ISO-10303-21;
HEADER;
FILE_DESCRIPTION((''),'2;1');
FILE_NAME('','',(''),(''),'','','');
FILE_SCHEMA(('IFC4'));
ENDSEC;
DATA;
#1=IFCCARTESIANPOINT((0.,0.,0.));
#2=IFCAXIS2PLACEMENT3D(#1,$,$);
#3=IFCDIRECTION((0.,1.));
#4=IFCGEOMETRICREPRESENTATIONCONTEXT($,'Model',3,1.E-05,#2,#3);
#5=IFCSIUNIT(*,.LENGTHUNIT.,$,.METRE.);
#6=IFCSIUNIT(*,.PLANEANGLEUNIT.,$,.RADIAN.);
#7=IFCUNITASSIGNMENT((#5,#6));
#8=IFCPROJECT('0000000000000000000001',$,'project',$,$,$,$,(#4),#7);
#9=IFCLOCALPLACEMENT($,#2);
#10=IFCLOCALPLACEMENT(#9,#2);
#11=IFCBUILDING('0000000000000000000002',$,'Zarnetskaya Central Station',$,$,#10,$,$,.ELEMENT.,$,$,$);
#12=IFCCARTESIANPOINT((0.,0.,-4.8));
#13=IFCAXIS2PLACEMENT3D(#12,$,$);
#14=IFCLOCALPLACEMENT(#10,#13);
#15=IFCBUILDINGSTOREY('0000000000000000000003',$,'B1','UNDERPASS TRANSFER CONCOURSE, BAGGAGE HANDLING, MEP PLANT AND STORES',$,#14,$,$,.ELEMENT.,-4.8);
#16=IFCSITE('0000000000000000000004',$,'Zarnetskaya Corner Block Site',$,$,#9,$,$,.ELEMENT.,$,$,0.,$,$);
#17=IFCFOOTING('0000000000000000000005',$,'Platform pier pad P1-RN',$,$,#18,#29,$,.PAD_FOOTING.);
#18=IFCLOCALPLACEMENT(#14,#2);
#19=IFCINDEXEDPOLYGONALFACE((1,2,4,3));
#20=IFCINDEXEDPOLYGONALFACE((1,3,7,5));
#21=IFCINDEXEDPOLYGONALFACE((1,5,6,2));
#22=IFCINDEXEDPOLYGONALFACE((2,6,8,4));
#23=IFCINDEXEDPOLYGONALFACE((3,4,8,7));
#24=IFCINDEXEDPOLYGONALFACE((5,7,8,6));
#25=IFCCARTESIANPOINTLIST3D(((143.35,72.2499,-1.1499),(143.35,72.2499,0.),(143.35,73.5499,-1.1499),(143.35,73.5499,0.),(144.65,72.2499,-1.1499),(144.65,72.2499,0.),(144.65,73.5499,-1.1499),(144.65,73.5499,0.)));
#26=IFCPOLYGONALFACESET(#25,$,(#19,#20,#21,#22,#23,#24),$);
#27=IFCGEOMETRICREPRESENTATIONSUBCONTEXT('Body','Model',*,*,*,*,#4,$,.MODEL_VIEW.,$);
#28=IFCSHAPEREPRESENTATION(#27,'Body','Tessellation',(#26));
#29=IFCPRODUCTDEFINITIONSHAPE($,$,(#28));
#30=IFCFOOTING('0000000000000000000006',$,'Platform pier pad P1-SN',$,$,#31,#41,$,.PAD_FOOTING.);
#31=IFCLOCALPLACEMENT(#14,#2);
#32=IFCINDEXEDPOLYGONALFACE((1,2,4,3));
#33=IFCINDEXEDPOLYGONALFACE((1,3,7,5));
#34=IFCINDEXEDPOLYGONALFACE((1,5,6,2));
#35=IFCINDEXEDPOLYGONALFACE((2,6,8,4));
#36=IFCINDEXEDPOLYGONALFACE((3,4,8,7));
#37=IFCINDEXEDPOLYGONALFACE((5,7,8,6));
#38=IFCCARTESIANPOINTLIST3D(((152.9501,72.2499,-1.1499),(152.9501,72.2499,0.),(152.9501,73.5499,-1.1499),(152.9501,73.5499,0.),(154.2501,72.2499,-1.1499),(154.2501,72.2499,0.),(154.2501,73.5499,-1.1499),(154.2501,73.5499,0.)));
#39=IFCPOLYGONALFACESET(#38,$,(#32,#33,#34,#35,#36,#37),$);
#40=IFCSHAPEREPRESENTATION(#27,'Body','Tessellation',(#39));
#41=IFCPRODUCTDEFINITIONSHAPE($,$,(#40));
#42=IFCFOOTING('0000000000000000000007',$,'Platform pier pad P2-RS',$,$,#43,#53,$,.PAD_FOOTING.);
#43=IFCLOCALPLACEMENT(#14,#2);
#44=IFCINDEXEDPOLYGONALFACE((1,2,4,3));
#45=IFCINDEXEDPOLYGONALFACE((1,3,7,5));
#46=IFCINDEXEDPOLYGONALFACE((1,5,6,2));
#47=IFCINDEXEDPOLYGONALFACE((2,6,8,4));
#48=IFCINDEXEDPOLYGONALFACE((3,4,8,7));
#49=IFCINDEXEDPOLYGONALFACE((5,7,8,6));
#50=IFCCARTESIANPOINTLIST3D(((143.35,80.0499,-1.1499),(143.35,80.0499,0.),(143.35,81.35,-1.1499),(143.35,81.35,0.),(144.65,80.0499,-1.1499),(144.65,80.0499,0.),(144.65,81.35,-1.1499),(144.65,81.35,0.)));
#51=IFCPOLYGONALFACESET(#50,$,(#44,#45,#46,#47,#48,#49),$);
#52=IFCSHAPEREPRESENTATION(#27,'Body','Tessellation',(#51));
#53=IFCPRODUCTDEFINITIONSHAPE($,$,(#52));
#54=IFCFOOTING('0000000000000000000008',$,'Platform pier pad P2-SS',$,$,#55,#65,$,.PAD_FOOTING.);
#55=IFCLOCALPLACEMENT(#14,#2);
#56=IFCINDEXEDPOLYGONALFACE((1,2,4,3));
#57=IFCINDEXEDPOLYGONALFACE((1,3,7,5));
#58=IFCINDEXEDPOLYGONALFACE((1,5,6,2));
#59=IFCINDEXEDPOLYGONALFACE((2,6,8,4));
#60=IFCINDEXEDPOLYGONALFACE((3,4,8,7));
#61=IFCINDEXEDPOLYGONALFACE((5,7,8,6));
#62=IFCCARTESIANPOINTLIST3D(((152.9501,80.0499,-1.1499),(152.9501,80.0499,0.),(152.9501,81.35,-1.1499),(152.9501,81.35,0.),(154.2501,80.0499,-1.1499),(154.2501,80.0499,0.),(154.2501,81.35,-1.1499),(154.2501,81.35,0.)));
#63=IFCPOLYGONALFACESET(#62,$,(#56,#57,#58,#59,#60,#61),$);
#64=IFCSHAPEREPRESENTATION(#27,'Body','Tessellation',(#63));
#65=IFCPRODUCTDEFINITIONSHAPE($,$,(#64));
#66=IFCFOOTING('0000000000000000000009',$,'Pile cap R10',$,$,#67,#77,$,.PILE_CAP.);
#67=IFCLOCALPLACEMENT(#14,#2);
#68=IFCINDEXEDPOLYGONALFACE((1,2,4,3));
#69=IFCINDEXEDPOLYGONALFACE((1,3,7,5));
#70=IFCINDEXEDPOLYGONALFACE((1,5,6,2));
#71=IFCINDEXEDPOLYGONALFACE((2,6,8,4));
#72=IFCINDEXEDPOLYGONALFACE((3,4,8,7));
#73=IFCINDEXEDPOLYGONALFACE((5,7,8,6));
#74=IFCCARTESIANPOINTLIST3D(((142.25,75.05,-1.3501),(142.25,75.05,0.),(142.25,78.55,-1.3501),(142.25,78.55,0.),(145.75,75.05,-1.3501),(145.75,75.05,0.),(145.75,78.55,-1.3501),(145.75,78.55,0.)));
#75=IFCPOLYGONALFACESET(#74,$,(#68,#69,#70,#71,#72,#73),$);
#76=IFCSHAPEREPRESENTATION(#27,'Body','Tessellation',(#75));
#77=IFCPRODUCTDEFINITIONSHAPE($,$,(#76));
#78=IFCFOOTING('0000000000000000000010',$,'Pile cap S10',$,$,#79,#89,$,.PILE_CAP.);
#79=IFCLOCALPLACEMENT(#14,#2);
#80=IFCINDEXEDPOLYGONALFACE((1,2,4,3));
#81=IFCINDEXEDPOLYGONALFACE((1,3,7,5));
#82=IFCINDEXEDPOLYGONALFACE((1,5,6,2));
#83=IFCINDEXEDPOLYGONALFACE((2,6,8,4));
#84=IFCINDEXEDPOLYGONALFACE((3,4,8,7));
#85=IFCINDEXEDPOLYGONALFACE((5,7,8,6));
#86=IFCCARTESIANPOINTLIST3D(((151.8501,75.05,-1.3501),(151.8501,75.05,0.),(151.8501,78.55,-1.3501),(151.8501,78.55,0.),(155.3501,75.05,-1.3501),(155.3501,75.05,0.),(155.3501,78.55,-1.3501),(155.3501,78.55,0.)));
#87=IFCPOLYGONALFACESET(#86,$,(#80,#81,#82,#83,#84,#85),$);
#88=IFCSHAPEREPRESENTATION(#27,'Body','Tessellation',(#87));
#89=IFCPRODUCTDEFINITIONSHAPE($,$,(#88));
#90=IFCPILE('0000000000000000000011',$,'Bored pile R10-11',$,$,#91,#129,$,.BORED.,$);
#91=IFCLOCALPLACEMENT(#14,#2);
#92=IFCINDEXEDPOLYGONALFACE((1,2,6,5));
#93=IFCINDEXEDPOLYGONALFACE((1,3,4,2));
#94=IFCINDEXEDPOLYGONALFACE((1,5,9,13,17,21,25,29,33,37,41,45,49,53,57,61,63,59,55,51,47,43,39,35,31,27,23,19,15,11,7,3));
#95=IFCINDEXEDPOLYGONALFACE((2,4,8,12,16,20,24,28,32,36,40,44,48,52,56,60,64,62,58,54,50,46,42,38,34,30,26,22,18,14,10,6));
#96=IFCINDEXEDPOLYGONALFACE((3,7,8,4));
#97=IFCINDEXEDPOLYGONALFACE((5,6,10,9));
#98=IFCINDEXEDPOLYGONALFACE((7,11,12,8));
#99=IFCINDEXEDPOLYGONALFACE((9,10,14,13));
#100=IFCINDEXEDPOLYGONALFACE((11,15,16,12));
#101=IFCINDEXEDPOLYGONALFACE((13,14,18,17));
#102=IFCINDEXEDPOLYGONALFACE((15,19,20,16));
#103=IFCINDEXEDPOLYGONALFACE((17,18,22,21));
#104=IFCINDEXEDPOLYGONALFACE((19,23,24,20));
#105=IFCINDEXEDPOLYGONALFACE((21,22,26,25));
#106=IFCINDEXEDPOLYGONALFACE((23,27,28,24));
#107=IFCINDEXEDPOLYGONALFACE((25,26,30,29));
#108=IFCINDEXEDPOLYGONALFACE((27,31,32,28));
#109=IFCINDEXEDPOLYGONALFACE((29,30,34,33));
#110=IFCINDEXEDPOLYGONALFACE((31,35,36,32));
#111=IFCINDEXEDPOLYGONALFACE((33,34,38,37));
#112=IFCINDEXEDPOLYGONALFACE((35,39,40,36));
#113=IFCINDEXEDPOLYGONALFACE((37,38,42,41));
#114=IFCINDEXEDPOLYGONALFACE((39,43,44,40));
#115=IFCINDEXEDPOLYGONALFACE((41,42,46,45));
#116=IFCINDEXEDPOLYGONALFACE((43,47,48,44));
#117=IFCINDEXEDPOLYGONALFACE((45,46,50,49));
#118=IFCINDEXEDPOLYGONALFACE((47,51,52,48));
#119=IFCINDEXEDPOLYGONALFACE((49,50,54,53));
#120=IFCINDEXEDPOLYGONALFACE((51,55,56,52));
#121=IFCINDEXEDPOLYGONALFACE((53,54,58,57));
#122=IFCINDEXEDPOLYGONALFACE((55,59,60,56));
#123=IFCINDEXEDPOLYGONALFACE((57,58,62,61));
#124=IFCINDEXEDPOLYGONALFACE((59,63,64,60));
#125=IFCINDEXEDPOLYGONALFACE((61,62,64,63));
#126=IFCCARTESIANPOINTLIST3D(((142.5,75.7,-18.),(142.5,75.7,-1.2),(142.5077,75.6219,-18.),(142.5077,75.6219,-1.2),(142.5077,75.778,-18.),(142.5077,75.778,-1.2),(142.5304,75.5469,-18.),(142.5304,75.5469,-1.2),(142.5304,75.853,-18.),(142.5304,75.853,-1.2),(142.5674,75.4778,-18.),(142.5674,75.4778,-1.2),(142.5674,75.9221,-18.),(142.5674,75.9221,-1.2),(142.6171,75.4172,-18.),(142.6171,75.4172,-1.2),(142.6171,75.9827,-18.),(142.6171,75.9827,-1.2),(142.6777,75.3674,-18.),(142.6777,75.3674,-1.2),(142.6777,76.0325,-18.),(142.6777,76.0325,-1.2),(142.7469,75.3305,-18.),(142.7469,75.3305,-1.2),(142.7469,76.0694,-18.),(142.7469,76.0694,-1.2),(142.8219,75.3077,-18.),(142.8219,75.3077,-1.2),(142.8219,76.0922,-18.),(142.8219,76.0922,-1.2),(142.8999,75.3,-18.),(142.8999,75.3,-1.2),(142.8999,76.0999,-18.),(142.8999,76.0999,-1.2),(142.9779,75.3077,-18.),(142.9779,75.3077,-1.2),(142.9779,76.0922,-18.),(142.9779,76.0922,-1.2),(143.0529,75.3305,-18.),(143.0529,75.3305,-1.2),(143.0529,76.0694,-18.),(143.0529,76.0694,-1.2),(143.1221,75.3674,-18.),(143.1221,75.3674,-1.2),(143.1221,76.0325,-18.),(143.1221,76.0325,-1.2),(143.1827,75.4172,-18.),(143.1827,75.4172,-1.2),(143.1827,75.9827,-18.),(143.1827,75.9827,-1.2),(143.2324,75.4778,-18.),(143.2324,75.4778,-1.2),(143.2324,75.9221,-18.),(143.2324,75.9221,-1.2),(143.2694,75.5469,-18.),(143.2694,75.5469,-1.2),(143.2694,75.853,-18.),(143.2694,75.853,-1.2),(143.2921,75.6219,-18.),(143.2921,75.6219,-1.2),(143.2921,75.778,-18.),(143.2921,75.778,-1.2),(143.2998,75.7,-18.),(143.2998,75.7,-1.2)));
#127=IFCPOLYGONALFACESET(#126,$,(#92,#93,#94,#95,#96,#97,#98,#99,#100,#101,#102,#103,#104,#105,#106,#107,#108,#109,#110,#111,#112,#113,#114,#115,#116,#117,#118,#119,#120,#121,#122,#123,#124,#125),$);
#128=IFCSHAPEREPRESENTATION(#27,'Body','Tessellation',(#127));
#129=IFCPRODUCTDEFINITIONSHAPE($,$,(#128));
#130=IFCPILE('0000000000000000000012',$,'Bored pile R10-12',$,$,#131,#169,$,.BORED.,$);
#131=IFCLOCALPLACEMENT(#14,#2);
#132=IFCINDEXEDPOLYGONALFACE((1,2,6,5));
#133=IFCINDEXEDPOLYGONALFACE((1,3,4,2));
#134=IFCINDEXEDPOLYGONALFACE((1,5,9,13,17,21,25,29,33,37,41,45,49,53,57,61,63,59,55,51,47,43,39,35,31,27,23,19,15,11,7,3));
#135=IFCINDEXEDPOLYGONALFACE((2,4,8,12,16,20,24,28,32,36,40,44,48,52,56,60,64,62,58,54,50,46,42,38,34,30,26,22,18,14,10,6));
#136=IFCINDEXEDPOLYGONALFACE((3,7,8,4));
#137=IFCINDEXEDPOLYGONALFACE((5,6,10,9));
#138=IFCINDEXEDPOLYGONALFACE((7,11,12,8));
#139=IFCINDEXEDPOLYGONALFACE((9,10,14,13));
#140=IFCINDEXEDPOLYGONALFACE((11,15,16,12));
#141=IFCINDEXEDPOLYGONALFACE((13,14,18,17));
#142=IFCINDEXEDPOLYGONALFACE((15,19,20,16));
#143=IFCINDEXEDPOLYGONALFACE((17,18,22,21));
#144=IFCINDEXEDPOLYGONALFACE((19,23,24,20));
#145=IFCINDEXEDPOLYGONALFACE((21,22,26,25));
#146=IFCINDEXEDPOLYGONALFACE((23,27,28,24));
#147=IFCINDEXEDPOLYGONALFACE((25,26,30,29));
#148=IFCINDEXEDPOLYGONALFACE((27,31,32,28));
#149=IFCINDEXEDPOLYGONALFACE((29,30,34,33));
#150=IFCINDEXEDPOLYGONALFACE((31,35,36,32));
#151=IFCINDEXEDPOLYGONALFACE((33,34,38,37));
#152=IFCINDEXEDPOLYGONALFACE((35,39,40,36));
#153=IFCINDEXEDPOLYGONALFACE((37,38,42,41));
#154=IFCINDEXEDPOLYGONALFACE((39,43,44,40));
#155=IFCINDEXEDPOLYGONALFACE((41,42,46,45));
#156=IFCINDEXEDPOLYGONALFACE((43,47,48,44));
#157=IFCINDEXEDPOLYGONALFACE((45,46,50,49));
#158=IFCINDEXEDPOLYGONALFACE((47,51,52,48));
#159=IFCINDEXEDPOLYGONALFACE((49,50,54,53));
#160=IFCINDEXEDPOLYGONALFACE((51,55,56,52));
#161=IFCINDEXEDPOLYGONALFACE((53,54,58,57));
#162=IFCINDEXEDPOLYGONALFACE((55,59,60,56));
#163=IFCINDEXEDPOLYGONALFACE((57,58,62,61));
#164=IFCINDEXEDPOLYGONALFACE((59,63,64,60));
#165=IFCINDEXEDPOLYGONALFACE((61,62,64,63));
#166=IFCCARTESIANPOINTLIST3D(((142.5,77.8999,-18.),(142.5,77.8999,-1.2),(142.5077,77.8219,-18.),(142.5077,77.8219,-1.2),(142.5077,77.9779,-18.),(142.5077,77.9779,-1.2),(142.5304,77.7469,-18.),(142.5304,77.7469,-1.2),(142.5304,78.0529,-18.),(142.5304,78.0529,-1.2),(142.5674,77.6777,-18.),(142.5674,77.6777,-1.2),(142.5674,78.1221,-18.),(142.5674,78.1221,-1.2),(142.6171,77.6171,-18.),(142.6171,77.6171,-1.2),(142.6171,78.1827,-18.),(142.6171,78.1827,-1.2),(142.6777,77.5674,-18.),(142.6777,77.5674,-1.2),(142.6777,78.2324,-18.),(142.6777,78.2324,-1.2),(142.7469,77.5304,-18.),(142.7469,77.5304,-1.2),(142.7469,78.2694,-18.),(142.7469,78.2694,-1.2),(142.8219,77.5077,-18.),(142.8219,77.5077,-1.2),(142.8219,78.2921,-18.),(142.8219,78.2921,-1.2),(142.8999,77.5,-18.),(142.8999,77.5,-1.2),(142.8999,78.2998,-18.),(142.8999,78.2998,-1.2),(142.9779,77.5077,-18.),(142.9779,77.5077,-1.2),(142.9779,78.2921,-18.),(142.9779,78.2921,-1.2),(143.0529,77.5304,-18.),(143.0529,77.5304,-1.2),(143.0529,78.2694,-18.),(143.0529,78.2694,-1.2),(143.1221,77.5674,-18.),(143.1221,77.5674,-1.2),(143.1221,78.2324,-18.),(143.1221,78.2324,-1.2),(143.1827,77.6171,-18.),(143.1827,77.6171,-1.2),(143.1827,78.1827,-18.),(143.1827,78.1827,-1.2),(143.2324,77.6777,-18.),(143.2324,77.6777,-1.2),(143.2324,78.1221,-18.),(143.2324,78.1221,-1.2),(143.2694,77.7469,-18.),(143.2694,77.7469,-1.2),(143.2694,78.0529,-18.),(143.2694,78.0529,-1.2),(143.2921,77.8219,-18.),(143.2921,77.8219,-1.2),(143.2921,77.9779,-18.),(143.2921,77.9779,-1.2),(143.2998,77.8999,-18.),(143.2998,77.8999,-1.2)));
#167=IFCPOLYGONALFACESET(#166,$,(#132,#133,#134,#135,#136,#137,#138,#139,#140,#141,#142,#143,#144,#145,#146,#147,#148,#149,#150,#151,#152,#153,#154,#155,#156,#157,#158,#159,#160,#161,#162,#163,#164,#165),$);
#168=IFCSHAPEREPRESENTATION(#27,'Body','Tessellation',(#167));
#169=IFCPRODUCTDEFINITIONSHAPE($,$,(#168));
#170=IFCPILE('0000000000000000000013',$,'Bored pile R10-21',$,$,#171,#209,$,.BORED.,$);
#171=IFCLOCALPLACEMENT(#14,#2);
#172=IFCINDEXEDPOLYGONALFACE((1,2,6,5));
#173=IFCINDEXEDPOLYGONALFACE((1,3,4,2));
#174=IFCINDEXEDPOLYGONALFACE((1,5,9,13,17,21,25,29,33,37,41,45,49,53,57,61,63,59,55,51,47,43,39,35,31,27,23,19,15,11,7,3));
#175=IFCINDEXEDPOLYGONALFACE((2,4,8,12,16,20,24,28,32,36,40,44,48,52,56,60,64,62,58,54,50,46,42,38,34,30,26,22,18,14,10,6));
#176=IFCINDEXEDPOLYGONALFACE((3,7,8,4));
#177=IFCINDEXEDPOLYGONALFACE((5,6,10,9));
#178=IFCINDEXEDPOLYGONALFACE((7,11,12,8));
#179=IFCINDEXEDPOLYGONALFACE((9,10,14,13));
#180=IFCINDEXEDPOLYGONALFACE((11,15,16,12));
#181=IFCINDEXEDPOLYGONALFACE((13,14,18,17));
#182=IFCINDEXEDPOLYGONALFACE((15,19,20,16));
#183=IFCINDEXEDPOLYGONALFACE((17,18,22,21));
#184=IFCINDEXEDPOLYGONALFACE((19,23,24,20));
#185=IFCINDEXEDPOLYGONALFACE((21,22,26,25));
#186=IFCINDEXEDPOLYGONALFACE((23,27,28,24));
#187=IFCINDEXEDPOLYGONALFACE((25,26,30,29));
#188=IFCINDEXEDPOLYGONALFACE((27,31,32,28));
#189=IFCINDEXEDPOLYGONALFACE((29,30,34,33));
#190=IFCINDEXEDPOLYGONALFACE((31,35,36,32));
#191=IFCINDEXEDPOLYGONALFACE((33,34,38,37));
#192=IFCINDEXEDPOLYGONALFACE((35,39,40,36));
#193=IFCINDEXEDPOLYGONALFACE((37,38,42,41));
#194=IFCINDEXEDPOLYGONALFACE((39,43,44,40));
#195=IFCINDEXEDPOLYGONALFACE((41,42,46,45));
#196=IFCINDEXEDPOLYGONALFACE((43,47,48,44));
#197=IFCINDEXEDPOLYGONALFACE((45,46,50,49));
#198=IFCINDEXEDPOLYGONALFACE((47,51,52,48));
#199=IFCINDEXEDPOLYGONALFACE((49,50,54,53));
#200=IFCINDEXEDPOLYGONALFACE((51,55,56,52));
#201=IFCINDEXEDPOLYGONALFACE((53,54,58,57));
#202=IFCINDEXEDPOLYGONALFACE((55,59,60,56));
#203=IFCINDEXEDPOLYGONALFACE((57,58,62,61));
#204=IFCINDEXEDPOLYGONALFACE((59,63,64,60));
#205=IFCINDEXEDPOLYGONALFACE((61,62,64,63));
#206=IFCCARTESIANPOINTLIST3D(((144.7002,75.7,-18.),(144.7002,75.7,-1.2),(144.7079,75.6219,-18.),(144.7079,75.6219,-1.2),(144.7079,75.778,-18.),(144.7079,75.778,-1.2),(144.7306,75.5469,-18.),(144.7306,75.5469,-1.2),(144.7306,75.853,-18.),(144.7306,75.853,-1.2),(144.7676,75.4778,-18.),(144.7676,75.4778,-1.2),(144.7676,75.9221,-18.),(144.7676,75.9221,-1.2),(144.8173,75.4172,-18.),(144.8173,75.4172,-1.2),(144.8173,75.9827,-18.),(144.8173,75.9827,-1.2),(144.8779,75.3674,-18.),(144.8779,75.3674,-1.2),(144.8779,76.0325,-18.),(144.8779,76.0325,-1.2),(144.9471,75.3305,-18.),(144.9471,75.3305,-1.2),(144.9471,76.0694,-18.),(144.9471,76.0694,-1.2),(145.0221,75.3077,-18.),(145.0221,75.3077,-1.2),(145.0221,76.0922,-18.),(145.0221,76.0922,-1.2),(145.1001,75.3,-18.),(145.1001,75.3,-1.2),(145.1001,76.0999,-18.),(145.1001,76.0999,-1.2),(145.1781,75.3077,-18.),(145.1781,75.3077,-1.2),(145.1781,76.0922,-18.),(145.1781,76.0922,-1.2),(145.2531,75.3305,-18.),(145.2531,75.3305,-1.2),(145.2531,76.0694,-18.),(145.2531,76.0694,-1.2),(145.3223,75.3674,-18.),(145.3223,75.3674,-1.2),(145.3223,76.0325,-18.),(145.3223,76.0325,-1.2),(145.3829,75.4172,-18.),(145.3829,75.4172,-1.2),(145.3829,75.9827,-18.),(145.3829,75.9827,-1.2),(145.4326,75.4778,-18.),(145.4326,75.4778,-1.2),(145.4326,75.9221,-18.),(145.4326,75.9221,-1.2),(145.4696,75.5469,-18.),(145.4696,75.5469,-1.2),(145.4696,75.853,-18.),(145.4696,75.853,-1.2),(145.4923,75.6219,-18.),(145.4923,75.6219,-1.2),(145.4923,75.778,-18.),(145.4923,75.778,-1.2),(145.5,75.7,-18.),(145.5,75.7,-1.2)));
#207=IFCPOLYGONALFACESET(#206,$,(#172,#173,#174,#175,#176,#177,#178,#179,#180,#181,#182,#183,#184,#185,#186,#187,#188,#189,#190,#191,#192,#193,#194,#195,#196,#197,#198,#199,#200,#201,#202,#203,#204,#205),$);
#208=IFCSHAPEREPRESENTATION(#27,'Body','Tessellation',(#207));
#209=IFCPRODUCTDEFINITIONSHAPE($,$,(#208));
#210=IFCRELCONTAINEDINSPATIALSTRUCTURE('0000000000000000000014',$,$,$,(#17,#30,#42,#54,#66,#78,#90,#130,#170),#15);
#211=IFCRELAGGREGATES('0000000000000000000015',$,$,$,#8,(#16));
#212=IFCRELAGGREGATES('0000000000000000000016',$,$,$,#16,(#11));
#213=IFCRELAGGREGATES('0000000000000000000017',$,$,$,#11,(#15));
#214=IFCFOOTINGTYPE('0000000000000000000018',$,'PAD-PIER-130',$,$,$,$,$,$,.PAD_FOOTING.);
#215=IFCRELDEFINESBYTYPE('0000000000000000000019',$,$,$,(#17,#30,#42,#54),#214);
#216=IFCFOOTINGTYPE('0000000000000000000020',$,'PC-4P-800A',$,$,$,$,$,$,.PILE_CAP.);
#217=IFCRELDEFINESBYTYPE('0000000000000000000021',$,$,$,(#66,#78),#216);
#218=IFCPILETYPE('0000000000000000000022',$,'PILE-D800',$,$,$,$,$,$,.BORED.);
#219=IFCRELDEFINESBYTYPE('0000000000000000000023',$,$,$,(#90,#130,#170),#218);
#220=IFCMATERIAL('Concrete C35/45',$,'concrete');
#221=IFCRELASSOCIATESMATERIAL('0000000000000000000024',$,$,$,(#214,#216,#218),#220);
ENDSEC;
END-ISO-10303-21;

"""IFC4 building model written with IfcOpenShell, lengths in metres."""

from ifc_helpers import new_model, si_unit, direction, frame, origin, origin_2d, place, context, subcontext, project, spatial, rectangle, circle, extrude, material, material_profile, profile_set, type_object, element, save


model = new_model("IFC4")

# Units and contexts
model_context = context("Model", 3, precision=1e-05, world=origin(), true_north=direction((0.0, 1.0)))
body_context = subcontext(model_context, "Body", "Model", "MODEL_VIEW")
ifc_project = project(units=[si_unit("LENGTHUNIT", "METRE"), si_unit("PLANEANGLEUNIT", "RADIAN")], contexts=[model_context])

# Site, building, storey
site_placement = place(None, origin())
site = spatial("IfcSite", under=ifc_project, at=site_placement, Name="Zarnetskaya Corner Block Site", CompositionType="ELEMENT", RefElevation=0.0)
building_placement = place(site_placement, origin())
building = spatial("IfcBuilding", under=site, at=building_placement, Name="Zarnetskaya Central Station", CompositionType="ELEMENT")
storey_placement = place(building_placement, frame((0.0, 0.0, -4.8)))
storey = spatial("IfcBuildingStorey", under=building, at=storey_placement, Name="B1", Description="UNDERPASS TRANSFER CONCOURSE, BAGGAGE HANDLING, MEP PLANT AND STORES", CompositionType="ELEMENT", Elevation=-4.8)

# Footings
ifc_material = material(Name="Concrete C35/45", Category="concrete")
footing_type_1 = type_object("IfcFootingType", Name="PAD-PIER-130", PredefinedType="PAD_FOOTING", material=ifc_material)
for number, where, z_axis, x_axis, name in (
    (1, (144.0, 72.8999, -1.1499), (0.0, 0.0, 1.0), (1.0, 0.0, 0.0), "Platform pier pad P1-RN"),
    (2, (153.6001, 72.8999, -1.1499), (0.0, 0.0, 1.0), (1.0, 0.0, 0.0), "Platform pier pad P1-SN"),
    (3, (144.0, 80.7, -1.1499), (0.0, 0.0, 1.0), (1.0, 0.0, 0.0), "Platform pier pad P2-RS"),
    (4, (153.6001, 80.7, -1.1499), (0.0, 0.0, 1.0), (1.0, 0.0, 0.0), "Platform pier pad P2-SS"),
):
    element("IfcFooting", number, at=place(storey_placement, frame(where, z_axis=z_axis, x_axis=x_axis)), inside=storey, type_object=footing_type_1, Name=name, PredefinedType="PAD_FOOTING", context=body_context, shape_type="SweptSolid", body=[
        extrude(rectangle(XDim=1.3, YDim=1.3, at=origin_2d()), origin(), (0.0, 0.0, 1.0), 1.1499),
    ])
footing_type_2 = type_object("IfcFootingType", Name="PC-4P-800A", PredefinedType="PILE_CAP", material=ifc_material)
for number, where, z_axis, x_axis, name in (
    (5, (144.0, 76.8, -1.3501), (0.0, 0.0, 1.0), (1.0, 0.0, 0.0), "Pile cap R10"),
    (6, (153.6001, 76.8, -1.3501), (0.0, 0.0, 1.0), (1.0, 0.0, 0.0), "Pile cap S10"),
):
    element("IfcFooting", number, at=place(storey_placement, frame(where, z_axis=z_axis, x_axis=x_axis)), inside=storey, type_object=footing_type_2, Name=name, PredefinedType="PILE_CAP", context=body_context, shape_type="SweptSolid", body=[
        extrude(rectangle(XDim=3.5, YDim=3.5, at=origin_2d()), origin(), (0.0, 0.0, 1.0), 1.3501),
    ])

# Piles
ifc_material_profile_1 = material_profile(ifc_material, circle(Radius=0.3999, at=origin_2d()), Name="BORED PILE D800")
ifc_profile_set_1 = profile_set([ifc_material_profile_1], Name="Concrete C35/45")
pile_type = type_object("IfcPileType", Name="PILE-D800", PredefinedType="BORED", material=ifc_profile_set_1)
for number, where, z_axis, x_axis, name in (
    (7, (142.8999, 75.7, -1.2), (0.0, 0.0, -1.0), (1.0, 0.0, 0.0), "Bored pile R10-11"),
    (8, (142.8999, 77.8999, -1.2), (0.0, 0.0, -1.0), (1.0, 0.0, 0.0), "Bored pile R10-12"),
    (9, (145.1001, 75.7, -1.2), (0.0, 0.0, -1.0), (1.0, 0.0, 0.0), "Bored pile R10-21"),
):
    element("IfcPile", number, at=place(storey_placement, frame(where, z_axis=z_axis, x_axis=x_axis)), inside=storey, type_object=pile_type, Name=name, PredefinedType="BORED", context=body_context, shape_type="SweptSolid", body=[
        extrude(circle(Radius=0.3999, at=origin_2d()), origin(), (0.0, 0.0, 1.0), 16.8),
    ])

save(model, "model.ifc")
